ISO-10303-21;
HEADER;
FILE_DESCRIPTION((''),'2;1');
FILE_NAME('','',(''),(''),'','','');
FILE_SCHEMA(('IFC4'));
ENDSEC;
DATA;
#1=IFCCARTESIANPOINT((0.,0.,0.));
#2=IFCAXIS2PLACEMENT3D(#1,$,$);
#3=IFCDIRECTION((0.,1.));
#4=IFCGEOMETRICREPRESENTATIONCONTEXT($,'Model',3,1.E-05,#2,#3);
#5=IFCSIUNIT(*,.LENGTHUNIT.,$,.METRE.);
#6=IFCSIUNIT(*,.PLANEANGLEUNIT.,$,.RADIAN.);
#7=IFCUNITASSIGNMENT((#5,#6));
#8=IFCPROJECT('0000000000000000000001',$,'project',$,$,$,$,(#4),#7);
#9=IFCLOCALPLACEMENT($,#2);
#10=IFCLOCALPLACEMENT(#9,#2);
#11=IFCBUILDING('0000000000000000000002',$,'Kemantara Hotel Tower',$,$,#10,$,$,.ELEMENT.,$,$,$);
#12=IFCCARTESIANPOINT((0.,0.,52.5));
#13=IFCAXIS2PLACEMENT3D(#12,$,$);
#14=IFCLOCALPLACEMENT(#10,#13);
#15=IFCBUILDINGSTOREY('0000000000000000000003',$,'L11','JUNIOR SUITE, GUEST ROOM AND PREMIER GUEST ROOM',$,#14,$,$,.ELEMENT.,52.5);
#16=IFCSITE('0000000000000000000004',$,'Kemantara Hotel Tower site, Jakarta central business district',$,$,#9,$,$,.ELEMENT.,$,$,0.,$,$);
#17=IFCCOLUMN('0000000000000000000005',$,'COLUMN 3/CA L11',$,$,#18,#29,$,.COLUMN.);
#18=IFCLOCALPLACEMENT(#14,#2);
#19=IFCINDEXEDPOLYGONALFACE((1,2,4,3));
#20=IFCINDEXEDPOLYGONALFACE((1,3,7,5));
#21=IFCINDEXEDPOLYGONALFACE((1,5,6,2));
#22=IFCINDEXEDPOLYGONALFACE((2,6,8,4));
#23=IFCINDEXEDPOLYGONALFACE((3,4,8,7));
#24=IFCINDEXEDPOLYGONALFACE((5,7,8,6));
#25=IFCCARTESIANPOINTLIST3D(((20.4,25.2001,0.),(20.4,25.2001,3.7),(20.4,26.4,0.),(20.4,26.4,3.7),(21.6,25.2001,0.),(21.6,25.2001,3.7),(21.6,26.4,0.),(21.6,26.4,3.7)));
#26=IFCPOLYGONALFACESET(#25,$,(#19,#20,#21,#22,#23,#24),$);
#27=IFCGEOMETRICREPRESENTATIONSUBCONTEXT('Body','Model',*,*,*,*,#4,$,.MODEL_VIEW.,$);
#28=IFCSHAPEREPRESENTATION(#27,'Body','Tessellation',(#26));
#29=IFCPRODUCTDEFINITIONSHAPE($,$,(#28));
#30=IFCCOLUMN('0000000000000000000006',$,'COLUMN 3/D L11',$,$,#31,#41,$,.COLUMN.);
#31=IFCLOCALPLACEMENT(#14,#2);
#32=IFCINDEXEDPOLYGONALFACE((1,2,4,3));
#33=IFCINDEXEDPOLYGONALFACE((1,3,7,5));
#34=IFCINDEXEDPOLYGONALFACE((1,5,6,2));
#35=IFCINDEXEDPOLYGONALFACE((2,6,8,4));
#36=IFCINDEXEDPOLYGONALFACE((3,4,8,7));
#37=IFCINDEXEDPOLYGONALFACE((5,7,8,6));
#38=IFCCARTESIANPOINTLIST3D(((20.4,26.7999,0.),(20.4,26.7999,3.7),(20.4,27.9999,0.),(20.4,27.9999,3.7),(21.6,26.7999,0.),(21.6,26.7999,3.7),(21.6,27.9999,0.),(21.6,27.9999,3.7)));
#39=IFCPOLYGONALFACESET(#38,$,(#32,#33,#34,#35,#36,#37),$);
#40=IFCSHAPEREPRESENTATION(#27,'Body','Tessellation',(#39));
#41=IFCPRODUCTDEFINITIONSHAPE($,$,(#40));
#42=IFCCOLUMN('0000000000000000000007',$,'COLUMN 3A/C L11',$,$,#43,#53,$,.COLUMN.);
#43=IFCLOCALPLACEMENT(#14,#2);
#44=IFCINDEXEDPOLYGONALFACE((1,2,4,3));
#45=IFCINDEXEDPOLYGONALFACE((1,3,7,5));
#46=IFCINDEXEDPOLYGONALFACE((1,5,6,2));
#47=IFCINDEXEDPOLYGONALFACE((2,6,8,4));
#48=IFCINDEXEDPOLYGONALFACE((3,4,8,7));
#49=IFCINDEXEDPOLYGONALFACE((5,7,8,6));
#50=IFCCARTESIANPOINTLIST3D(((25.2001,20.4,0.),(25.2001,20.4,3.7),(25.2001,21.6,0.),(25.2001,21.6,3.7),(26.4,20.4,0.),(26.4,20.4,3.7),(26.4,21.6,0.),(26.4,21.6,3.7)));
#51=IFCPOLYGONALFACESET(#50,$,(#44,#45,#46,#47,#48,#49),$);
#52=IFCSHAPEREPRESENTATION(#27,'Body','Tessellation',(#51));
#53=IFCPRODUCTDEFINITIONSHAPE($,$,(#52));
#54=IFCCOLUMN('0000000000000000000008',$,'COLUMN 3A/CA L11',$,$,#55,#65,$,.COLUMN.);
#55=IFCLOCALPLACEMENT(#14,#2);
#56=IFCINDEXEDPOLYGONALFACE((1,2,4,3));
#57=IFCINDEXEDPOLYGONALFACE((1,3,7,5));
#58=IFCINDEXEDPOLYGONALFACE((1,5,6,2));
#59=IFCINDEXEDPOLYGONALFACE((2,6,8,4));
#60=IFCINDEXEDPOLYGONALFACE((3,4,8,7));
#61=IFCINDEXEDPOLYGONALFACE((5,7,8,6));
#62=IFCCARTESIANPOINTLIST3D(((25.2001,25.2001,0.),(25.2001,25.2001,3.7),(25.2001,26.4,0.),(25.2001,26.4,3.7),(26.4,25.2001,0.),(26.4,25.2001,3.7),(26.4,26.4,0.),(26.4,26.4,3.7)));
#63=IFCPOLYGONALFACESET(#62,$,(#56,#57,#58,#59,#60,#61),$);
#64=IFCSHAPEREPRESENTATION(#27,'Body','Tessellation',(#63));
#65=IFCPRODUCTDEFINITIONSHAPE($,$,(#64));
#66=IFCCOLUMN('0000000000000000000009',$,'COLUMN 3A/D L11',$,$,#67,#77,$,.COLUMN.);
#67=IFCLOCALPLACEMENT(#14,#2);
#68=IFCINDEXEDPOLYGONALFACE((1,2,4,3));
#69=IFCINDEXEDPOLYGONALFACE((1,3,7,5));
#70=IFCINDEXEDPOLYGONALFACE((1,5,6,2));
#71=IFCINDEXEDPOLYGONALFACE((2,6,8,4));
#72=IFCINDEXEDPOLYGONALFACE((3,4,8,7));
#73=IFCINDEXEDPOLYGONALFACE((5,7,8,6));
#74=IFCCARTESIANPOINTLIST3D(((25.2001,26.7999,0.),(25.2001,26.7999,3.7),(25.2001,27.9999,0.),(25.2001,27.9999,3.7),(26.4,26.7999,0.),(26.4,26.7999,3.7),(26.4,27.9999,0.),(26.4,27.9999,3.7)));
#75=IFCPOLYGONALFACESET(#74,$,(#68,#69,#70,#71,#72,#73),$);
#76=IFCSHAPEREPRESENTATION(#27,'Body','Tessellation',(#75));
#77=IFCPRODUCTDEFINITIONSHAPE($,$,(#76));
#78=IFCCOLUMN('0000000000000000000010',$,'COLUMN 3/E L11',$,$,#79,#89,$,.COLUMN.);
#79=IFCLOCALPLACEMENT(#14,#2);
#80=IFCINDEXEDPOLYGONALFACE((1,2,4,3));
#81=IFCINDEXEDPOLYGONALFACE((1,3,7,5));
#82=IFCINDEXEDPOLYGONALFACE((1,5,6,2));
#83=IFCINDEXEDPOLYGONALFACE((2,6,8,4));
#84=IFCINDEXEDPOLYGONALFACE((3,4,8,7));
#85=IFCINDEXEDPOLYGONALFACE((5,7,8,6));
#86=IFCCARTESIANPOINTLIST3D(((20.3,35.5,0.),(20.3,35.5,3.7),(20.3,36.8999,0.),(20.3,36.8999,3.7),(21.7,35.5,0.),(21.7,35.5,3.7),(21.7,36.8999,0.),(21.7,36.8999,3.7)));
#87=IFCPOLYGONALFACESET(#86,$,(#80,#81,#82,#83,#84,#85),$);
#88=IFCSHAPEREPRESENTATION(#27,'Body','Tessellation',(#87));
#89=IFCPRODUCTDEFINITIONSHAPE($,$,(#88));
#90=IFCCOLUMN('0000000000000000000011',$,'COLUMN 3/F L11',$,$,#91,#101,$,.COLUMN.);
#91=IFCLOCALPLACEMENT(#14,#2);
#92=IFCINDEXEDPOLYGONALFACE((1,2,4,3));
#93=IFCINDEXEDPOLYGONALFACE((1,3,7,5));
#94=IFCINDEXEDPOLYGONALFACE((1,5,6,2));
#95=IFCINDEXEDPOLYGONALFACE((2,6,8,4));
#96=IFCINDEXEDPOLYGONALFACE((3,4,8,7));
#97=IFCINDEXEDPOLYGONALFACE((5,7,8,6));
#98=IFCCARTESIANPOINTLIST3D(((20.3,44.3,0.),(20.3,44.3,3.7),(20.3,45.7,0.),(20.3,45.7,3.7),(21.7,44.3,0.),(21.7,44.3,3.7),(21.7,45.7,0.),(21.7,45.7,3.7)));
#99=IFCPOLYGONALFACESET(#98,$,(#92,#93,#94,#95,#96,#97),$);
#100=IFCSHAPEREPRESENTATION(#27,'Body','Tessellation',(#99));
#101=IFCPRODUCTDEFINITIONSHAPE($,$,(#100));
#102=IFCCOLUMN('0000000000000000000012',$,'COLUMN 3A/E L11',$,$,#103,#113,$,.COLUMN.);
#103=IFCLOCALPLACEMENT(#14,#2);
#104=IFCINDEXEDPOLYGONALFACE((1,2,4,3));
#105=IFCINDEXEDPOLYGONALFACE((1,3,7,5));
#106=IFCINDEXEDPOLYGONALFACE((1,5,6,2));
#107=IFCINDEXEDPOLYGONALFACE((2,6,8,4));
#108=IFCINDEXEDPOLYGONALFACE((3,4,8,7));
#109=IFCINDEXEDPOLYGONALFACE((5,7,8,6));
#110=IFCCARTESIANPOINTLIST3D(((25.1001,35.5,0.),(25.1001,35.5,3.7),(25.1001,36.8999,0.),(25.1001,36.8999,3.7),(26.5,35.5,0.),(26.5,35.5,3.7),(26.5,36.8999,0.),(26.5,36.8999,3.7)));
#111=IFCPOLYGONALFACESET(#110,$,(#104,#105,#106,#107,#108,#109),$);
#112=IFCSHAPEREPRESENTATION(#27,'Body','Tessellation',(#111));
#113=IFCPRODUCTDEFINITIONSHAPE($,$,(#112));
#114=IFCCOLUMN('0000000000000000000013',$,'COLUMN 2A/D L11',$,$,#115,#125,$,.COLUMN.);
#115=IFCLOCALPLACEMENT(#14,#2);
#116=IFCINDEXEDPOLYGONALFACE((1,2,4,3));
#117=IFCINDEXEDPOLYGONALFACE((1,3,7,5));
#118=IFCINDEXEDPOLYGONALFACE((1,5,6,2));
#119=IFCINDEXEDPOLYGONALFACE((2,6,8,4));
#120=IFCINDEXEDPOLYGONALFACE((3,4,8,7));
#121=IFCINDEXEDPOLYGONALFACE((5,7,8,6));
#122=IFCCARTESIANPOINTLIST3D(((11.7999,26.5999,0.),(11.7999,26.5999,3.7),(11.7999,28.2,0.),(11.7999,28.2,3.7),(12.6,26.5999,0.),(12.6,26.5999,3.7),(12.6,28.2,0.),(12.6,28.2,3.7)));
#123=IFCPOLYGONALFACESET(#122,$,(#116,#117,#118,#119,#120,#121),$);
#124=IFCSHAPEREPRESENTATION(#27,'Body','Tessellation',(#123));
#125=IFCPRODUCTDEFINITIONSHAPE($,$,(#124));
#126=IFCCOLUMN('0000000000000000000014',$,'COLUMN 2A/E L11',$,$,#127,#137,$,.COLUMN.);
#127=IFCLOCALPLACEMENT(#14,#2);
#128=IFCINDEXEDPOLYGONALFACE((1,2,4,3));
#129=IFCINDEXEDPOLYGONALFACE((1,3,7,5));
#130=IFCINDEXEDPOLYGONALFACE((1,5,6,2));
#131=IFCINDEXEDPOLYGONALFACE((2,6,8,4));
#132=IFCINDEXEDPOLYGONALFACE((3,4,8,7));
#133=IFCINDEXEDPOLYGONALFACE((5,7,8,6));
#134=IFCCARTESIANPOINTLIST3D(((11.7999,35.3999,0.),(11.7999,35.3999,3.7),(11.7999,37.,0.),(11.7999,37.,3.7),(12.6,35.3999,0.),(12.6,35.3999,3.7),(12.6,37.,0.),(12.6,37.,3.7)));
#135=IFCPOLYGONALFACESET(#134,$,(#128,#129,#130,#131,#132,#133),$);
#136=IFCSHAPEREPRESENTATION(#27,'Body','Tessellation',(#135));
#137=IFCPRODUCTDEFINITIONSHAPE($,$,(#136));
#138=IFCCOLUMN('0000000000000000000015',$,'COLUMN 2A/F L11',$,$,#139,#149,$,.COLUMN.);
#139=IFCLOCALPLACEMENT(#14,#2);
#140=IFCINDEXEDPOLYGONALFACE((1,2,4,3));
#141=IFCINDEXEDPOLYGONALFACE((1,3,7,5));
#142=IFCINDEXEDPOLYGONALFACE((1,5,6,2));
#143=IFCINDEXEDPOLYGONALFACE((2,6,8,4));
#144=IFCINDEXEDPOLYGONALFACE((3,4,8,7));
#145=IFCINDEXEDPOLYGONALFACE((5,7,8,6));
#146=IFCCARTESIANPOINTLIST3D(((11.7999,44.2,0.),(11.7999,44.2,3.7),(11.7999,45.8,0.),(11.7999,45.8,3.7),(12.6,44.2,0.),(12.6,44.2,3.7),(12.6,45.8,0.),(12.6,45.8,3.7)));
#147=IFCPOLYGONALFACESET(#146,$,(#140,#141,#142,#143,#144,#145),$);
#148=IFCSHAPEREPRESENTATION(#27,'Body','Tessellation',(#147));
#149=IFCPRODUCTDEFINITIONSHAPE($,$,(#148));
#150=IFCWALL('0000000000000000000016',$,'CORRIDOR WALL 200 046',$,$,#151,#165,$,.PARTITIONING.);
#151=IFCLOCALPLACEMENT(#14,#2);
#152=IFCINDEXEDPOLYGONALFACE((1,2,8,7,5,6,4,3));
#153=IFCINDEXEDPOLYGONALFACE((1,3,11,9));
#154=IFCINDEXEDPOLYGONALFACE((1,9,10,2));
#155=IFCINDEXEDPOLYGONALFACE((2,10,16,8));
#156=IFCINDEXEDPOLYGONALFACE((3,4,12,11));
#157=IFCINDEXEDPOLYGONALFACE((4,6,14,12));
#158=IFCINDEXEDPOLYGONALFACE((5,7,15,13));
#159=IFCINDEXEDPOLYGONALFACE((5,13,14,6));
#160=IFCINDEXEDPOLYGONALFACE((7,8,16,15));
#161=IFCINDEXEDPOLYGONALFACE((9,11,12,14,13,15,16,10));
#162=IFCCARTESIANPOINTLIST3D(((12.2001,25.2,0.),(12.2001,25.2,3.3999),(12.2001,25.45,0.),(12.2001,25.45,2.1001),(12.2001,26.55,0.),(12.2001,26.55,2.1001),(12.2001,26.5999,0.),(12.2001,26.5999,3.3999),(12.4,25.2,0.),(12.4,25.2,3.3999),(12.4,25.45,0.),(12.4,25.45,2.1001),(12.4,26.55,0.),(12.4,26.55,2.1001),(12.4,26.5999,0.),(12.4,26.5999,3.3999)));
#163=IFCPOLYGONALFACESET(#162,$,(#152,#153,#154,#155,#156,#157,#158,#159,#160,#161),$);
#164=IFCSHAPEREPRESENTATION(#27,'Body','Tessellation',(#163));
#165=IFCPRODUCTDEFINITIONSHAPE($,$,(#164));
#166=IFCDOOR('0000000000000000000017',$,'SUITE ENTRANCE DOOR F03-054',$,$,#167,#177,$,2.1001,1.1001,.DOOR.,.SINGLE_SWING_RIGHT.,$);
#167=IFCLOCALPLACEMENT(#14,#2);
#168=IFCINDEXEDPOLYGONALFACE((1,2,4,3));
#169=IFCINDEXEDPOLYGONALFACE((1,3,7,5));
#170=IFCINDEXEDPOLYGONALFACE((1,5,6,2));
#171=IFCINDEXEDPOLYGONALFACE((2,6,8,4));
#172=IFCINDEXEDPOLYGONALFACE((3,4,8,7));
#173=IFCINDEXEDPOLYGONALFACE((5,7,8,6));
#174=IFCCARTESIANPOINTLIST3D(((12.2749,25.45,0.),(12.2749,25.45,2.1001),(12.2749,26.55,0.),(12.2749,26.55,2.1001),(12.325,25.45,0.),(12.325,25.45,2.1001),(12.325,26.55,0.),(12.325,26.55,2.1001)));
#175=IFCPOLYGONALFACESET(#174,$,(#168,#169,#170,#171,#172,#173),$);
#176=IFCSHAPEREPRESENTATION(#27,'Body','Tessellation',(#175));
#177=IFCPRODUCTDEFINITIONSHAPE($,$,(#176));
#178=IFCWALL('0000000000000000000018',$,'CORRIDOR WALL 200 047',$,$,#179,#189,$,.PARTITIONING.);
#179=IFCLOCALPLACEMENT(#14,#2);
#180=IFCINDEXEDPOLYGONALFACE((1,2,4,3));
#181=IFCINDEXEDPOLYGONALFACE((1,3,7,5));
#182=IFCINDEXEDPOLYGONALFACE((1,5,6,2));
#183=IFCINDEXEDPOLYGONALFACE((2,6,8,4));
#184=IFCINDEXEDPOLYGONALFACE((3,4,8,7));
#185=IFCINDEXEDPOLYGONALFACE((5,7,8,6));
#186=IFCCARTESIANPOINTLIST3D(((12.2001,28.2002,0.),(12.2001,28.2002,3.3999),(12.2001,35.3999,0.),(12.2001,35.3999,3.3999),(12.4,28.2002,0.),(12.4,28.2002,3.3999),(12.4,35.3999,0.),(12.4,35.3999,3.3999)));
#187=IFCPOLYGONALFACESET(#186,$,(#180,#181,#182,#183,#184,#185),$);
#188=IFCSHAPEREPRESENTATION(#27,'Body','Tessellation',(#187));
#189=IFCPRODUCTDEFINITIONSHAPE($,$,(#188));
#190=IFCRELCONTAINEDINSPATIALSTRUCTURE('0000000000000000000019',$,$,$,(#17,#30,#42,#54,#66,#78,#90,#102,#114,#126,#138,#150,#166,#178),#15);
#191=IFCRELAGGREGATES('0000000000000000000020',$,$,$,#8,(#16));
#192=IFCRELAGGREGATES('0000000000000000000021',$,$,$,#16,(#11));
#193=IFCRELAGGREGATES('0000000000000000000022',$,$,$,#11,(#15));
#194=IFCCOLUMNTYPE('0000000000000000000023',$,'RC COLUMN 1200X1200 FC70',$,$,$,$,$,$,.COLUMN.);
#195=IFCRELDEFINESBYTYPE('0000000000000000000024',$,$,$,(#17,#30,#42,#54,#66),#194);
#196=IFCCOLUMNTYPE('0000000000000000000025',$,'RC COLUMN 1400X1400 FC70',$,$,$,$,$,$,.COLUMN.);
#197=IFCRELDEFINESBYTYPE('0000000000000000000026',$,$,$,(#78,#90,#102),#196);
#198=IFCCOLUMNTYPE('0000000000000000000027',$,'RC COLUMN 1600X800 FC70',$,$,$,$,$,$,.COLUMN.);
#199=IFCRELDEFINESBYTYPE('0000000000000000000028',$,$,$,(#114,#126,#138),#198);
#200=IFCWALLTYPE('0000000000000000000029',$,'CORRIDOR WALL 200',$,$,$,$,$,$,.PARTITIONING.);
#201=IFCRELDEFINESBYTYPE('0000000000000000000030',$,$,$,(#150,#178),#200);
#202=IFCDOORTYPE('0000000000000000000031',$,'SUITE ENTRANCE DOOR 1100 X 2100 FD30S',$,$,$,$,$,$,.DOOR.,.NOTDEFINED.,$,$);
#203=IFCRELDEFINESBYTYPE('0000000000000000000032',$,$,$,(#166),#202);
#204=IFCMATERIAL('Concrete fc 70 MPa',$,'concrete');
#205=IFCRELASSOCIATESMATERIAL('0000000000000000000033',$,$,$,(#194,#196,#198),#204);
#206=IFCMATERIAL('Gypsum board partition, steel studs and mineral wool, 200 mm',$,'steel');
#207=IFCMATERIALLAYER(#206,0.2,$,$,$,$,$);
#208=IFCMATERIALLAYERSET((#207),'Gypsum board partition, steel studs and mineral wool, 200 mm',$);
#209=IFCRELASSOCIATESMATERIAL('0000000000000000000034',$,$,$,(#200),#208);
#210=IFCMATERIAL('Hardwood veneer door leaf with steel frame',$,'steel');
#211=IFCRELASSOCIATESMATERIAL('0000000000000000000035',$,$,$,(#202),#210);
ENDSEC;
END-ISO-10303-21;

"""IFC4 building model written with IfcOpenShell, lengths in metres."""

from ifc_helpers import new_model, si_unit, direction, frame, frame_2d, origin, origin_2d, place, context, subcontext, project, spatial, rectangle, extrude, material, layer, layer_set, material_profile, profile_set, type_object, element, fill, save


model = new_model("IFC4")

# Units and contexts
model_context = context("Model", 3, precision=1e-05, world=origin(), true_north=direction((0.0, 1.0)))
body_context = subcontext(model_context, "Body", "Model", "MODEL_VIEW")
ifc_project = project(units=[si_unit("LENGTHUNIT", "METRE"), si_unit("PLANEANGLEUNIT", "RADIAN")], contexts=[model_context])

# Site, building, storey
site_placement = place(None, origin())
site = spatial("IfcSite", under=ifc_project, at=site_placement, Name="Kemantara Hotel Tower site, Jakarta central business district", CompositionType="ELEMENT", RefElevation=0.0)
building_placement = place(site_placement, origin())
building = spatial("IfcBuilding", under=site, at=building_placement, Name="Kemantara Hotel Tower", CompositionType="ELEMENT")
storey_placement = place(building_placement, frame((0.0, 0.0, 52.5)))
storey = spatial("IfcBuildingStorey", under=building, at=storey_placement, Name="L11", Description="JUNIOR SUITE, GUEST ROOM AND PREMIER GUEST ROOM", CompositionType="ELEMENT", Elevation=52.5)

# Columns
ifc_material_1 = material(Name="Concrete fc 70 MPa", Category="concrete")
ifc_material_profile_1 = material_profile(ifc_material_1, rectangle(XDim=1.2, YDim=1.2, at=origin_2d()), Name="RC 1200X1200")
ifc_profile_set_1 = profile_set([ifc_material_profile_1], Name="Concrete fc 70 MPa")
column_type_1 = type_object("IfcColumnType", Name="RC COLUMN 1200X1200 FC70", PredefinedType="COLUMN", material=ifc_profile_set_1)
for number, where, z_axis, x_axis, name in (
    (1, (21.0, 25.8, 0.0), (0.0, 0.0, 1.0), (1.0, 0.0, 0.0), "COLUMN 3/CA L11"),
    (2, (21.0, 27.3999, 0.0), (0.0, 0.0, 1.0), (1.0, 0.0, 0.0), "COLUMN 3/D L11"),
    (3, (25.8, 21.0, 0.0), (0.0, 0.0, 1.0), (1.0, 0.0, 0.0), "COLUMN 3A/C L11"),
    (4, (25.8, 25.8, 0.0), (0.0, 0.0, 1.0), (1.0, 0.0, 0.0), "COLUMN 3A/CA L11"),
    (5, (25.8, 27.3999, 0.0), (0.0, 0.0, 1.0), (1.0, 0.0, 0.0), "COLUMN 3A/D L11"),
):
    element("IfcColumn", number, at=place(storey_placement, frame(where, z_axis=z_axis, x_axis=x_axis)), inside=storey, type_object=column_type_1, Name=name, PredefinedType="COLUMN", context=body_context, shape_type="SweptSolid", body=[
        extrude(rectangle(XDim=1.2, YDim=1.2, at=origin_2d()), origin(), (0.0, 0.0, 1.0), 3.7),
    ])
ifc_material_profile_2 = material_profile(ifc_material_1, rectangle(XDim=1.3999, YDim=1.3999, at=origin_2d()), Name="RC 1400X1400")
ifc_profile_set_2 = profile_set([ifc_material_profile_2], Name="Concrete fc 70 MPa")
column_type_2 = type_object("IfcColumnType", Name="RC COLUMN 1400X1400 FC70", PredefinedType="COLUMN", material=ifc_profile_set_2)
for number, where, z_axis, x_axis, name in (
    (6, (21.0, 36.2, 0.0), (0.0, 0.0, 1.0), (1.0, 0.0, 0.0), "COLUMN 3/E L11"),
    (7, (21.0, 45.0, 0.0), (0.0, 0.0, 1.0), (1.0, 0.0, 0.0), "COLUMN 3/F L11"),
    (8, (25.8, 36.2, 0.0), (0.0, 0.0, 1.0), (1.0, 0.0, 0.0), "COLUMN 3A/E L11"),
):
    element("IfcColumn", number, at=place(storey_placement, frame(where, z_axis=z_axis, x_axis=x_axis)), inside=storey, type_object=column_type_2, Name=name, PredefinedType="COLUMN", context=body_context, shape_type="SweptSolid", body=[
        extrude(rectangle(XDim=1.3999, YDim=1.3999, at=origin_2d()), origin(), (0.0, 0.0, 1.0), 3.7),
    ])
ifc_material_profile_3 = material_profile(ifc_material_1, rectangle(XDim=1.6001, YDim=0.8, at=origin_2d()), Name="RC 1600X800")
ifc_profile_set_3 = profile_set([ifc_material_profile_3], Name="Concrete fc 70 MPa")
column_type_3 = type_object("IfcColumnType", Name="RC COLUMN 1600X800 FC70", PredefinedType="COLUMN", material=ifc_profile_set_3)
for number, where, z_axis, x_axis, name in (
    (9, (12.2, 27.3999, 0.0), (0.0, 0.0, 1.0), (0.0, 1.0, 0.0), "COLUMN 2A/D L11"),
    (10, (12.2, 36.2, 0.0), (0.0, 0.0, 1.0), (0.0, 1.0, 0.0), "COLUMN 2A/E L11"),
    (11, (12.2, 45.0, 0.0), (0.0, 0.0, 1.0), (0.0, 1.0, 0.0), "COLUMN 2A/F L11"),
):
    element("IfcColumn", number, at=place(storey_placement, frame(where, z_axis=z_axis, x_axis=x_axis)), inside=storey, type_object=column_type_3, Name=name, PredefinedType="COLUMN", context=body_context, shape_type="SweptSolid", body=[
        extrude(rectangle(XDim=1.6001, YDim=0.8, at=origin_2d()), origin(), (0.0, 0.0, 1.0), 3.7),
    ])

# Wall, opening, door
ifc_material_2 = material(Name="Gypsum board partition, steel studs and mineral wool, 200 mm", Category="steel")
ifc_layer_1 = layer(ifc_material_2, 0.2)
ifc_layer_set_1 = layer_set([ifc_layer_1], Name="Gypsum board partition, steel studs and mineral wool, 200 mm")
wall_type_1 = type_object("IfcWallType", Name="CORRIDOR WALL 200", PredefinedType="PARTITIONING", material=ifc_layer_set_1)
wall_1_placement = place(storey_placement, frame((12.3, 26.5999, 0.0), z_axis=(0.0, 0.0, 1.0), x_axis=(0.0, -1.0, 0.0)))
wall_1 = element("IfcWall", 12, at=wall_1_placement, inside=storey, type_object=wall_type_1, Name="CORRIDOR WALL 200 046", PredefinedType="PARTITIONING", context=body_context, shape_type="SweptSolid", body=[
    extrude(rectangle(XDim=1.3999, YDim=0.2, at=frame_2d((0.7, 0.0))), origin(), (0.0, 0.0, 1.0), 3.3999),
])
opening_1_placement = place(wall_1_placement, frame((0.0498, 0.0, 0.0)))
opening_1 = element("IfcOpeningElement", 13, at=opening_1_placement, cuts=wall_1, PredefinedType="OPENING", context=body_context, shape_type="SweptSolid", body=[
    extrude(rectangle(XDim=1.1001, YDim=2.1001, at=frame_2d((0.55, 1.05))), frame((0.0, 0.1099, 0.0), z_axis=(0.0, -1.0, 0.0), x_axis=(1.0, 0.0, 0.0)), (0.0, 0.0, 1.0), 0.22),
])
ifc_material_3 = material(Name="Hardwood veneer door leaf with steel frame", Category="steel")
door_type_1 = type_object("IfcDoorType", Name="SUITE ENTRANCE DOOR 1100 X 2100 FD30S", OperationType="NOTDEFINED", PredefinedType="DOOR", material=ifc_material_3)
door_1_placement = place(opening_1_placement, origin())
door_1 = element("IfcDoor", 14, at=door_1_placement, inside=storey, type_object=door_type_1, Name="SUITE ENTRANCE DOOR F03-054", OperationType="SINGLE_SWING_RIGHT", OverallHeight=2.1001, OverallWidth=1.1001, PredefinedType="DOOR", context=body_context, shape_type="SweptSolid", body=[
    extrude(rectangle(XDim=1.1001, YDim=2.1001, at=frame_2d((0.55, 1.05))), frame((0.0, 0.0249, 0.0), z_axis=(0.0, -1.0, 0.0), x_axis=(1.0, 0.0, 0.0)), (0.0, 0.0, 1.0), 0.05),
])
fill(opening_1, door_1)

# Wall
wall_2_placement = place(storey_placement, frame((12.3, 28.2002, 0.0), z_axis=(0.0, 0.0, 1.0), x_axis=(0.0, 1.0, 0.0)))
element("IfcWall", 15, at=wall_2_placement, inside=storey, type_object=wall_type_1, Name="CORRIDOR WALL 200 047", PredefinedType="PARTITIONING", context=body_context, shape_type="SweptSolid", body=[
    extrude(rectangle(XDim=7.1997, YDim=0.2, at=frame_2d((3.5999, 0.0))), origin(), (0.0, 0.0, 1.0), 3.3999),
])

save(model, "model.ifc")
